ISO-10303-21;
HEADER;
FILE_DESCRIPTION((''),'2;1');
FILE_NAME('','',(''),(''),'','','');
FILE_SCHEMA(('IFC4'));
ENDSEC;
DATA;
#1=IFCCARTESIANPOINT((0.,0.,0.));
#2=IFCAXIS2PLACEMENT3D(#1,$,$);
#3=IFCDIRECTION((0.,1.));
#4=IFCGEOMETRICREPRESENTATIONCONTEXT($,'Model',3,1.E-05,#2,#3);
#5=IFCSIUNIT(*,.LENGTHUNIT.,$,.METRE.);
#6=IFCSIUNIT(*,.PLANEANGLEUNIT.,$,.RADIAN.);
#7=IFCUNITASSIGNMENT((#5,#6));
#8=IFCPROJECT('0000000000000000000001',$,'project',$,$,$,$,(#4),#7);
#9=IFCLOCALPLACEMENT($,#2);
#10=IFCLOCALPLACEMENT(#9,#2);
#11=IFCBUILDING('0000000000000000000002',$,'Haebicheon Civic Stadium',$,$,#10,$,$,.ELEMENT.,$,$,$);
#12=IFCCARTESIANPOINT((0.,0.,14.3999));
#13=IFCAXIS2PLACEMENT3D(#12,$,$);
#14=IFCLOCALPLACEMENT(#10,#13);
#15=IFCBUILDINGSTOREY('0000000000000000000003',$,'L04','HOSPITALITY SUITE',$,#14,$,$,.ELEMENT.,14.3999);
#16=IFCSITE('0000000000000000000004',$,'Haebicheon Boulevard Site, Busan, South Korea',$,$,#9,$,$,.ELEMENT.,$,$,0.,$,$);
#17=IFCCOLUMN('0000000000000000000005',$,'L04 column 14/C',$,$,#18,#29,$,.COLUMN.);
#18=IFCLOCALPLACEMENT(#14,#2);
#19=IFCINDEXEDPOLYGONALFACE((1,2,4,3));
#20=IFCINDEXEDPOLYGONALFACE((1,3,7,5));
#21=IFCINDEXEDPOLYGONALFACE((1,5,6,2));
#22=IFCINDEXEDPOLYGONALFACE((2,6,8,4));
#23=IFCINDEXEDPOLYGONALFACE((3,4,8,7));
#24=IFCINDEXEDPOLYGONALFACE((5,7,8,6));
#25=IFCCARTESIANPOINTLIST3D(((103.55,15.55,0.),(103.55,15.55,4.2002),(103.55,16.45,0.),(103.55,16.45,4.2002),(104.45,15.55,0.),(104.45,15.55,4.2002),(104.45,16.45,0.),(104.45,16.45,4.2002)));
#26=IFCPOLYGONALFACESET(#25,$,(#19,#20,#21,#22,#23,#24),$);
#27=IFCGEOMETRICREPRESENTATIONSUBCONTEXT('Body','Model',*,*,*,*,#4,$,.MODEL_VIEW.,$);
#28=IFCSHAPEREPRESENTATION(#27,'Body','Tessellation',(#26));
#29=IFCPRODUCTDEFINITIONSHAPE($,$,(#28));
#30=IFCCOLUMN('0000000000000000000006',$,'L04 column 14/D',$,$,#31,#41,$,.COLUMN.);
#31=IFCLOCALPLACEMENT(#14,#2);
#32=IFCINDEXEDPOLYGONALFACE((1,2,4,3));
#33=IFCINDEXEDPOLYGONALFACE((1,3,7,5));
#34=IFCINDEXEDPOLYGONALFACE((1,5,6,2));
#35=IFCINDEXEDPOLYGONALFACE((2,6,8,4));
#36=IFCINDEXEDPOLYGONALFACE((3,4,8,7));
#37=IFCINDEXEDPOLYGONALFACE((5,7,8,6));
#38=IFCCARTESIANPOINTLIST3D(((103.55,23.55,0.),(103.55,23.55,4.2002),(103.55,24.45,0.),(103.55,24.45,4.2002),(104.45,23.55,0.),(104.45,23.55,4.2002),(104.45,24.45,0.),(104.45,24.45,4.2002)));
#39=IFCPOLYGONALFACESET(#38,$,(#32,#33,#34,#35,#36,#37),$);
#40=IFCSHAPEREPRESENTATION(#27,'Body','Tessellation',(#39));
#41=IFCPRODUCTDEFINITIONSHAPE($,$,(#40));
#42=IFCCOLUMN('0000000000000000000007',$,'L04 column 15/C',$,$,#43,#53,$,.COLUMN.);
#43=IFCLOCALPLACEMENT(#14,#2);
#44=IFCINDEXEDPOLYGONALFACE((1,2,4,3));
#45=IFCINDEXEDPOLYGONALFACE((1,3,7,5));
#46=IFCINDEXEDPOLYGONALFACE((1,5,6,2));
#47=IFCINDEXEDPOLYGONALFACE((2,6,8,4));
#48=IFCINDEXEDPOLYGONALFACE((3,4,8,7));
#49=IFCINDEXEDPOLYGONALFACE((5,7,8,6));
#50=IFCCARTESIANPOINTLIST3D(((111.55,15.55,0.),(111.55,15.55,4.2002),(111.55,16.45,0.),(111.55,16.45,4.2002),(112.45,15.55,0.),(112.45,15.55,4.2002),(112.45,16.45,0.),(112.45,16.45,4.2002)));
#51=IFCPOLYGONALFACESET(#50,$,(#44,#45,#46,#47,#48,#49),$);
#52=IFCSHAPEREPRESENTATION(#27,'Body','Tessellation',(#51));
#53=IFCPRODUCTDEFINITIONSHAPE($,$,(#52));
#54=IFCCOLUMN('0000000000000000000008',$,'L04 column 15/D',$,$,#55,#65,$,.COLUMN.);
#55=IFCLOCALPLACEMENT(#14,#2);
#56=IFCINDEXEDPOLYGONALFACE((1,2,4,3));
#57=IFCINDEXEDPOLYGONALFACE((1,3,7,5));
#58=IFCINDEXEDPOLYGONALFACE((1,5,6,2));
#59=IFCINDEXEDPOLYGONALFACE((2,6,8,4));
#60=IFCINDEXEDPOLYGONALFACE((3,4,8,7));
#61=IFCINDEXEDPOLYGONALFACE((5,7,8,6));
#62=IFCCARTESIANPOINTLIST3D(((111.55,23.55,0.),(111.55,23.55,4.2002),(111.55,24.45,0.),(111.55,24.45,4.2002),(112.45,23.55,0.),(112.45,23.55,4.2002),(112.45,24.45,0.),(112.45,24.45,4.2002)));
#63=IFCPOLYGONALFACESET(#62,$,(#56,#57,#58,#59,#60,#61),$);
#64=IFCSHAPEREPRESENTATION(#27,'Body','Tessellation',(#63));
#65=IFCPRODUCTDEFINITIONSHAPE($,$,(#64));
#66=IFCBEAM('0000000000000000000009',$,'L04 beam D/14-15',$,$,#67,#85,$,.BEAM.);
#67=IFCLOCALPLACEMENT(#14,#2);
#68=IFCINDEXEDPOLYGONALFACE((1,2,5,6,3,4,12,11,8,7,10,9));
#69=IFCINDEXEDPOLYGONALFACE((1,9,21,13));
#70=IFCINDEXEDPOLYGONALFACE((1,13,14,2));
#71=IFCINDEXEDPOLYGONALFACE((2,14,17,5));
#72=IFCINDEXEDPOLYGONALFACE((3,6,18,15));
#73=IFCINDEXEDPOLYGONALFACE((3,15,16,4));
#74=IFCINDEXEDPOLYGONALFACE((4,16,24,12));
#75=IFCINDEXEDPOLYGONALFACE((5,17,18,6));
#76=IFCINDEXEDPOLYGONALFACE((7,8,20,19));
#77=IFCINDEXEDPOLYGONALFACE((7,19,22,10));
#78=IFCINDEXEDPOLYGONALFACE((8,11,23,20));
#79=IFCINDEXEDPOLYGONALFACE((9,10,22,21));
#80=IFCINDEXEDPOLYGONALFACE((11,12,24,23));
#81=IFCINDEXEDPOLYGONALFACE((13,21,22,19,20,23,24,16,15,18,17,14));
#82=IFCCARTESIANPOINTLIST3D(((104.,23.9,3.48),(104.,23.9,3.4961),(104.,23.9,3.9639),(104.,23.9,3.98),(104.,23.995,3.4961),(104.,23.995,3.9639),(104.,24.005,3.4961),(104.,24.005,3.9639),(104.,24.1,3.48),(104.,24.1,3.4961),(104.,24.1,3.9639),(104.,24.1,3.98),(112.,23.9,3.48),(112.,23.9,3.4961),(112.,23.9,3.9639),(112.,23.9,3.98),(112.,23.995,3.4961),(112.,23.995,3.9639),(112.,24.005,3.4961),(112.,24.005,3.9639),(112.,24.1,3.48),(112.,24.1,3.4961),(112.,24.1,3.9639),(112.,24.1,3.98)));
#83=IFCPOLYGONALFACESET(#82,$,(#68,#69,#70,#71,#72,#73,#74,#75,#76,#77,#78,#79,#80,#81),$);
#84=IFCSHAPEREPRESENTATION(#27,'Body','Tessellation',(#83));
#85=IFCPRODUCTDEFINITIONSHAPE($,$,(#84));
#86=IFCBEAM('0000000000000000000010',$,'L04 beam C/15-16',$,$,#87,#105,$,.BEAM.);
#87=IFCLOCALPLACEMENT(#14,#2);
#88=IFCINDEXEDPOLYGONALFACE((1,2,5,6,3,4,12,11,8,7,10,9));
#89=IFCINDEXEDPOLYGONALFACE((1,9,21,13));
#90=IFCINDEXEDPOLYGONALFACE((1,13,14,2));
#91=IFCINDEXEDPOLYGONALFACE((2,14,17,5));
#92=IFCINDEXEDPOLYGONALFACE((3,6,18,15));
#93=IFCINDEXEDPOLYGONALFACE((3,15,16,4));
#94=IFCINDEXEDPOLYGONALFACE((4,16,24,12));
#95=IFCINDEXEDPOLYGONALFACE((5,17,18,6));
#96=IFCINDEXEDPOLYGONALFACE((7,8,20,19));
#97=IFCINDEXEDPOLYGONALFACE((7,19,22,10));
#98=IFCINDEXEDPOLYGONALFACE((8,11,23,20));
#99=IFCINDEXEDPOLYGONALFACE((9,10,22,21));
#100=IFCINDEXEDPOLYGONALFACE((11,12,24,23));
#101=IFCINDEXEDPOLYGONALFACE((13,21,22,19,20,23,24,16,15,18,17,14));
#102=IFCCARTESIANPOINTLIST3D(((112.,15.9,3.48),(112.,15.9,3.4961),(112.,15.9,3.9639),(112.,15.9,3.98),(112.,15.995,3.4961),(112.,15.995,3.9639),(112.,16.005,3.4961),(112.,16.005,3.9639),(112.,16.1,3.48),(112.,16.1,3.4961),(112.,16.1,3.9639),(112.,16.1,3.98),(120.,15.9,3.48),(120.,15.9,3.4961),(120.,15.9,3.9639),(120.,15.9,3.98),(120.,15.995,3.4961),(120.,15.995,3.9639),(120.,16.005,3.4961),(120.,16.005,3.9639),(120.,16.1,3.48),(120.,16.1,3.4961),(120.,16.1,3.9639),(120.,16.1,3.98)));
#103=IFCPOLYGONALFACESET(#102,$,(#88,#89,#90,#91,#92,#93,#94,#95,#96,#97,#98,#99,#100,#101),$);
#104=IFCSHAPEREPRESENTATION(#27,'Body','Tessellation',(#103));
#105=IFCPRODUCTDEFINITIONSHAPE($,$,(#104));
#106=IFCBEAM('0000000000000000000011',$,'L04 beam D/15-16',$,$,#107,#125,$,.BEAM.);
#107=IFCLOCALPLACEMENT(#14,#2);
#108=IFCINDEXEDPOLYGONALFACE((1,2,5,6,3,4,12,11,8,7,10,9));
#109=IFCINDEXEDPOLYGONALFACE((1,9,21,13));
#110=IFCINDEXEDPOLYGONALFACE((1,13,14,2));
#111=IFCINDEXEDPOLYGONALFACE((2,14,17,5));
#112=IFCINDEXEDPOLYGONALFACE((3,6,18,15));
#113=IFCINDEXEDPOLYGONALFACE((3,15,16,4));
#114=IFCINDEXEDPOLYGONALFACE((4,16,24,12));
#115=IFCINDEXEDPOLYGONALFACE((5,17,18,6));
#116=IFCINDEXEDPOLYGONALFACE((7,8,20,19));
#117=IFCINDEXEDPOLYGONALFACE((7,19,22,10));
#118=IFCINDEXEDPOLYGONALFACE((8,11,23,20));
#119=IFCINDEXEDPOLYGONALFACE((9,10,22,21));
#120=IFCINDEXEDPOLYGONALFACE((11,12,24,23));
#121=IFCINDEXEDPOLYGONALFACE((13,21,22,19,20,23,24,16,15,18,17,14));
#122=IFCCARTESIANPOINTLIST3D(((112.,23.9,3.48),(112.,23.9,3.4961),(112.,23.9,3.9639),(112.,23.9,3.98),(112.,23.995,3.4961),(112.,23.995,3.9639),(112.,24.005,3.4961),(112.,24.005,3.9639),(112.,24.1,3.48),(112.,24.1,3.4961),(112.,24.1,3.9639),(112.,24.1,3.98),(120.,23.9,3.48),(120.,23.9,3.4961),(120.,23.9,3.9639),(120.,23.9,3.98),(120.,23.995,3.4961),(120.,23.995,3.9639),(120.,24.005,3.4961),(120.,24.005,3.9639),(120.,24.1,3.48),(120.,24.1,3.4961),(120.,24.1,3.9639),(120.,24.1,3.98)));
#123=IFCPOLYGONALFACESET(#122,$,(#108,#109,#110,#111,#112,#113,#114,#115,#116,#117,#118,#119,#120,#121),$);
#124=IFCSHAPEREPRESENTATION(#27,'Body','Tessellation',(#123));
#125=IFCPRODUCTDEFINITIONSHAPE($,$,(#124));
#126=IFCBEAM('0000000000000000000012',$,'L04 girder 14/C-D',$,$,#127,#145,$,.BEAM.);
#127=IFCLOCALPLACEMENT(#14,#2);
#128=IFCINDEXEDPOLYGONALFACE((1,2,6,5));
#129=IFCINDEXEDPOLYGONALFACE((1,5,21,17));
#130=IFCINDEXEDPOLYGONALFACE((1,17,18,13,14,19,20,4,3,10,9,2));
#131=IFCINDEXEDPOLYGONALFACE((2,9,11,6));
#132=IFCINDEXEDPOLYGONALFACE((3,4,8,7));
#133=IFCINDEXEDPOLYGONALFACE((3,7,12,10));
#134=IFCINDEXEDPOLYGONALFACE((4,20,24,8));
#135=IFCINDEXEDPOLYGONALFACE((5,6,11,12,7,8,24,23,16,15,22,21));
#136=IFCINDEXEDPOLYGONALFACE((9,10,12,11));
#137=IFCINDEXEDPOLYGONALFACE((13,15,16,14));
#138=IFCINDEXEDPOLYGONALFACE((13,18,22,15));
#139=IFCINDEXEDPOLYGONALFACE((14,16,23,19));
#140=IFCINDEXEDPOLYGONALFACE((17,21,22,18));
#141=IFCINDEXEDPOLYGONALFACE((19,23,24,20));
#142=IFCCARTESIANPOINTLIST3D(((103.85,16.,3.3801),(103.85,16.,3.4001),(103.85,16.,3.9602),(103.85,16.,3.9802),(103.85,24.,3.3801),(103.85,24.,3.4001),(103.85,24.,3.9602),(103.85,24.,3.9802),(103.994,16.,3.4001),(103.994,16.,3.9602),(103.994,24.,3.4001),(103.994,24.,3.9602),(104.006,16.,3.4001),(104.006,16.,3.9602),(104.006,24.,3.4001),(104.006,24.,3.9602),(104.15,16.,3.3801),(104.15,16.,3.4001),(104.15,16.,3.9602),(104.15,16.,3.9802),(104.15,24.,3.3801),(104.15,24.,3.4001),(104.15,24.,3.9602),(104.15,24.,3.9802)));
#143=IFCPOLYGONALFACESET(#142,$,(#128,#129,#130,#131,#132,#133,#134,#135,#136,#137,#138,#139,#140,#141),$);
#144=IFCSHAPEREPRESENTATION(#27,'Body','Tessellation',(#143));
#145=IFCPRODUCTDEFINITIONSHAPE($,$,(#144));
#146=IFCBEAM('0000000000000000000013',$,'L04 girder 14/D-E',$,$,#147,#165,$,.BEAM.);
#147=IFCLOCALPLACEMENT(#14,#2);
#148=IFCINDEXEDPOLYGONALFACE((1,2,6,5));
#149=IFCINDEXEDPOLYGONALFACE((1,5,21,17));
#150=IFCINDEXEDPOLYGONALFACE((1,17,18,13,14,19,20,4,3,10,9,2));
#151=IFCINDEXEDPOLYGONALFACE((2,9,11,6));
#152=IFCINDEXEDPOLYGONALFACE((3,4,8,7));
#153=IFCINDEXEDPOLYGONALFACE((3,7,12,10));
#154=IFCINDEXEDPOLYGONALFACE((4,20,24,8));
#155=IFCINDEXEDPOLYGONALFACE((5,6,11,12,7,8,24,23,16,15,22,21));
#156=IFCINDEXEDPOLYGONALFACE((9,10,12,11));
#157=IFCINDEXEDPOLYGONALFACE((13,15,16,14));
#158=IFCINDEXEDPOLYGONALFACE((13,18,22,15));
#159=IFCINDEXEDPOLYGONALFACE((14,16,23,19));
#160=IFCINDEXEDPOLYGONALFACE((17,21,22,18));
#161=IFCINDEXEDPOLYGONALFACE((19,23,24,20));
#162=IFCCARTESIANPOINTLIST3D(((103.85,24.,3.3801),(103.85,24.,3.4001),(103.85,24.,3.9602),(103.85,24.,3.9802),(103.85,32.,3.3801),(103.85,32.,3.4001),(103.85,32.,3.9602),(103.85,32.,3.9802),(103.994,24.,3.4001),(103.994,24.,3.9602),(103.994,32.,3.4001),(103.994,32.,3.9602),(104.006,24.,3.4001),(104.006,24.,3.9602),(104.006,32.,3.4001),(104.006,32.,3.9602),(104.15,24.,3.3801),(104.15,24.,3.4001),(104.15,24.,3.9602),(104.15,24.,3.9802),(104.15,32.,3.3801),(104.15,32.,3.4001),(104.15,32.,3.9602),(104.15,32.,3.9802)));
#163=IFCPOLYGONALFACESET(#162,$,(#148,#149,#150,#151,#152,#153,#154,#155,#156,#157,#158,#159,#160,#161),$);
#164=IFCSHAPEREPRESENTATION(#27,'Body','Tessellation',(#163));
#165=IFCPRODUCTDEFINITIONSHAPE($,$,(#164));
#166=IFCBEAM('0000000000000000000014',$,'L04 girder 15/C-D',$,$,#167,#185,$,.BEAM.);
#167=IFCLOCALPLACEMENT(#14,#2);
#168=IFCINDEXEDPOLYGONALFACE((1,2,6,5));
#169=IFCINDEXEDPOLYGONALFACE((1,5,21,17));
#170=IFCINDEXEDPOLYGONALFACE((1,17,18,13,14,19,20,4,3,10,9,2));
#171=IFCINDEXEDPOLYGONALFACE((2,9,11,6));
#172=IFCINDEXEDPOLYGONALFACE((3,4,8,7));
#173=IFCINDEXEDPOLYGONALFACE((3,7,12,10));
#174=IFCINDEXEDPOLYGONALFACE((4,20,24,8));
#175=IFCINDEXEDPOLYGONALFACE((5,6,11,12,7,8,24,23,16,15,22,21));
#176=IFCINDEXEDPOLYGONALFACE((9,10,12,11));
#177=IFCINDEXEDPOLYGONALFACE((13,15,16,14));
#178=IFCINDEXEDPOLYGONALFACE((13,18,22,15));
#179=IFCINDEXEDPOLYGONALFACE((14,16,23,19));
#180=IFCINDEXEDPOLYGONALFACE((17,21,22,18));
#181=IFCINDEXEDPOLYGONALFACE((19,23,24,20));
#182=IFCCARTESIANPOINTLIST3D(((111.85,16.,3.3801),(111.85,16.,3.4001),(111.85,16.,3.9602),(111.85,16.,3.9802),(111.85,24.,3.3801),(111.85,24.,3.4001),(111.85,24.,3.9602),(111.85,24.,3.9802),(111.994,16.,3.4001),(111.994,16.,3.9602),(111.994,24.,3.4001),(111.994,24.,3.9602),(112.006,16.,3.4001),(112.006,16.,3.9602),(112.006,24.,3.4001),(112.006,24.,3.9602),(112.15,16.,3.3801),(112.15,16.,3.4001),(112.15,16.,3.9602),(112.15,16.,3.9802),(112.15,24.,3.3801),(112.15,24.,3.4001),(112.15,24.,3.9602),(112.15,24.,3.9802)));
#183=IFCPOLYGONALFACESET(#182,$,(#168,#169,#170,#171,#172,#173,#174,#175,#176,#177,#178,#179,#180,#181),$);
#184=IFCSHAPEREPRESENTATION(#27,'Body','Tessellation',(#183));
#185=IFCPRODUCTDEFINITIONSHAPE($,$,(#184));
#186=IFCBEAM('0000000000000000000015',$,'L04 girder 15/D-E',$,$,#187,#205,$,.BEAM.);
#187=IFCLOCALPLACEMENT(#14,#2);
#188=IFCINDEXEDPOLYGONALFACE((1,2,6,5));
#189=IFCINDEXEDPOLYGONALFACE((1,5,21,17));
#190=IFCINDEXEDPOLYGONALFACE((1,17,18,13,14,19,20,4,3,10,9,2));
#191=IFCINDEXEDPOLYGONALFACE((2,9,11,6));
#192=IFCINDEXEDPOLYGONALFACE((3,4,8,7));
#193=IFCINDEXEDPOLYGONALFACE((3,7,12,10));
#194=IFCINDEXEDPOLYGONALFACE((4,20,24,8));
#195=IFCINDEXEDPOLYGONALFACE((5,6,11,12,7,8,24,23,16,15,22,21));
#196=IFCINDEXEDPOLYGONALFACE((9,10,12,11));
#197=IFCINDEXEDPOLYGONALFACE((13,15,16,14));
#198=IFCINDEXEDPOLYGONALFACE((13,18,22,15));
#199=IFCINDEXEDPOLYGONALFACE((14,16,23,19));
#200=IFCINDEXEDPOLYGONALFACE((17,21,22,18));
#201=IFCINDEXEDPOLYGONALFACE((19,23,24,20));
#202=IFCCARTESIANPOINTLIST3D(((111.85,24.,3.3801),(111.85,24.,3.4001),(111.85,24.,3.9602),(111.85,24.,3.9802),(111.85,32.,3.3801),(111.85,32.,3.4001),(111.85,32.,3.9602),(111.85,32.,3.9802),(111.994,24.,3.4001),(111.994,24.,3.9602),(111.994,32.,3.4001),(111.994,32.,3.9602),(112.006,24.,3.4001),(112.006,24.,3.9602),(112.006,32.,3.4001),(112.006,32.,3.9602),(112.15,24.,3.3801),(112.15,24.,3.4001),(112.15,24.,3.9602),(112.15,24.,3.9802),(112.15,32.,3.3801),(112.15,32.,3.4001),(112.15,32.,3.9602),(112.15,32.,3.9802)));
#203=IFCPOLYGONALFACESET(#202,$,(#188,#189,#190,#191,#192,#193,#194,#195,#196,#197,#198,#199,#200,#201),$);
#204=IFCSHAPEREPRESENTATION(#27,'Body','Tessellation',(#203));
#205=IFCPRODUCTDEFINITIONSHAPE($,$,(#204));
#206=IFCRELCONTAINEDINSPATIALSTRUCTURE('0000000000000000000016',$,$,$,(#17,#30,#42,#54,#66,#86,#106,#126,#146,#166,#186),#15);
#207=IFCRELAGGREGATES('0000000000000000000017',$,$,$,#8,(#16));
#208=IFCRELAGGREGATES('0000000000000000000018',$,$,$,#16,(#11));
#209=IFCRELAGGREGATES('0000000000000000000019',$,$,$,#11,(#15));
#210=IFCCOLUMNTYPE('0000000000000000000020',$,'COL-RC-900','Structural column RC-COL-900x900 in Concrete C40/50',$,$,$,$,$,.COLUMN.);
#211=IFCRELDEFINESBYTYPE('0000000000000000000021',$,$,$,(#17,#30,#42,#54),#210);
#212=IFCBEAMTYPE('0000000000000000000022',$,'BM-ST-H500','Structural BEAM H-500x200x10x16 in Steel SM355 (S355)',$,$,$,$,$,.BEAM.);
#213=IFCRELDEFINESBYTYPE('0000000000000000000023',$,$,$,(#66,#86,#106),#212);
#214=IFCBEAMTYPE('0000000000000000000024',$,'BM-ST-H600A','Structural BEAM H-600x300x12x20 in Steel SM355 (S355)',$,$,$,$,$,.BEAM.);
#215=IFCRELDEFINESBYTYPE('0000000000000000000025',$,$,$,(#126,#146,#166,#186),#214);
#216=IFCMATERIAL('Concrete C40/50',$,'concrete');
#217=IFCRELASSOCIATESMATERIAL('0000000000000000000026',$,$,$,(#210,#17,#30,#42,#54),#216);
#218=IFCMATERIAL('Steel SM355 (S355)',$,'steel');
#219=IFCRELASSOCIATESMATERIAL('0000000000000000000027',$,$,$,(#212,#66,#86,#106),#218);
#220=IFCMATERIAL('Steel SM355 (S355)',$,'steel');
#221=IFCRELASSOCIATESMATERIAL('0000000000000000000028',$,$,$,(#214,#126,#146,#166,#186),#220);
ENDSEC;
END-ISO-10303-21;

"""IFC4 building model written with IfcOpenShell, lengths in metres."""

from ifc_helpers import new_model, si_unit, direction, frame, origin, origin_2d, place, context, subcontext, project, spatial, rectangle, i_section, extrude, material, material_profile, profile_set, type_object, element, save


model = new_model("IFC4")

# Units and contexts
model_context = context("Model", 3, precision=1e-05, world=origin(), true_north=direction((0.0, 1.0)))
body_context = subcontext(model_context, "Body", "Model", "MODEL_VIEW")
ifc_project = project(units=[si_unit("LENGTHUNIT", "METRE"), si_unit("PLANEANGLEUNIT", "RADIAN")], contexts=[model_context])

# Site, building, storey
site_placement = place(None, origin())
site = spatial("IfcSite", under=ifc_project, at=site_placement, Name="Haebicheon Boulevard Site, Busan, South Korea", CompositionType="ELEMENT", RefElevation=0.0)
building_placement = place(site_placement, origin())
building = spatial("IfcBuilding", under=site, at=building_placement, Name="Haebicheon Civic Stadium", CompositionType="ELEMENT")
storey_placement = place(building_placement, frame((0.0, 0.0, 14.3999)))
storey = spatial("IfcBuildingStorey", under=building, at=storey_placement, Name="L04", Description="HOSPITALITY SUITE", CompositionType="ELEMENT", Elevation=14.3999)

# Columns
ifc_material_1 = material(Name="Concrete C40/50", Category="concrete")
ifc_material_profile_1 = material_profile(ifc_material_1, rectangle(XDim=0.8999, YDim=0.8999, at=origin_2d()), Name="RC-COL-900x900")
ifc_profile_set_1 = profile_set([ifc_material_profile_1], Name="Concrete C40/50")
column_type = type_object("IfcColumnType", Name="COL-RC-900", Description="Structural column RC-COL-900x900 in Concrete C40/50", PredefinedType="COLUMN", material=ifc_profile_set_1)
for number, where, z_axis, x_axis, name in (
    (1, (104.0, 16.0, 0.0), (0.0, 0.0, 1.0), (1.0, 0.0, 0.0), "L04 column 14/C"),
    (2, (104.0, 24.0, 0.0), (0.0, 0.0, 1.0), (1.0, 0.0, 0.0), "L04 column 14/D"),
    (3, (112.0, 16.0, 0.0), (0.0, 0.0, 1.0), (1.0, 0.0, 0.0), "L04 column 15/C"),
    (4, (112.0, 24.0, 0.0), (0.0, 0.0, 1.0), (1.0, 0.0, 0.0), "L04 column 15/D"),
):
    element("IfcColumn", number, at=place(storey_placement, frame(where, z_axis=z_axis, x_axis=x_axis)), inside=storey, type_object=column_type, material=ifc_profile_set_1, Name=name, PredefinedType="COLUMN", context=body_context, shape_type="SweptSolid", body=[
        extrude(rectangle(XDim=0.8999, YDim=0.8999, at=origin_2d()), origin(), (0.0, 0.0, 1.0), 4.2002),
    ])

# Beams
ifc_material_2 = material(Name="Steel SM355 (S355)", Category="steel")
ifc_material_profile_2 = material_profile(ifc_material_2, i_section(OverallWidth=0.2, OverallDepth=0.5, WebThickness=0.01, FlangeThickness=0.0161, at=origin_2d()), Name="H-500x200x10x16")
ifc_profile_set_2 = profile_set([ifc_material_profile_2], Name="Steel SM355 (S355)")
beam_type_1 = type_object("IfcBeamType", Name="BM-ST-H500", Description="Structural BEAM H-500x200x10x16 in Steel SM355 (S355)", PredefinedType="BEAM", material=ifc_profile_set_2)
for number, where, z_axis, x_axis, name in (
    (5, (104.0, 24.0, 3.73), (1.0, 0.0, 0.0), (0.0, 1.0, 0.0), "L04 beam D/14-15"),
    (6, (112.0, 16.0, 3.73), (1.0, 0.0, 0.0), (0.0, 1.0, 0.0), "L04 beam C/15-16"),
    (7, (112.0, 24.0, 3.73), (1.0, 0.0, 0.0), (0.0, 1.0, 0.0), "L04 beam D/15-16"),
):
    element("IfcBeam", number, at=place(storey_placement, frame(where, z_axis=z_axis, x_axis=x_axis)), inside=storey, type_object=beam_type_1, material=ifc_profile_set_2, Name=name, PredefinedType="BEAM", context=body_context, shape_type="SweptSolid", body=[
        extrude(i_section(OverallWidth=0.2, OverallDepth=0.5, WebThickness=0.01, FlangeThickness=0.0161, at=origin_2d()), origin(), (0.0, 0.0, 1.0), 8.0),
    ])
ifc_material_3 = material(Name="Steel SM355 (S355)", Category="steel")
ifc_material_profile_3 = material_profile(ifc_material_3, i_section(OverallWidth=0.3, OverallDepth=0.6001, WebThickness=0.012, FlangeThickness=0.02, at=origin_2d()), Name="H-600x300x12x20")
ifc_profile_set_3 = profile_set([ifc_material_profile_3], Name="Steel SM355 (S355)")
beam_type_2 = type_object("IfcBeamType", Name="BM-ST-H600A", Description="Structural BEAM H-600x300x12x20 in Steel SM355 (S355)", PredefinedType="BEAM", material=ifc_profile_set_3)
for number, where, z_axis, x_axis, name in (
    (8, (104.0, 16.0, 3.6802), (0.0, 1.0, 0.0), (-1.0, 0.0, 0.0), "L04 girder 14/C-D"),
    (9, (104.0, 24.0, 3.6802), (0.0, 1.0, 0.0), (-1.0, 0.0, 0.0), "L04 girder 14/D-E"),
    (10, (112.0, 16.0, 3.6802), (0.0, 1.0, 0.0), (-1.0, 0.0, 0.0), "L04 girder 15/C-D"),
    (11, (112.0, 24.0, 3.6802), (0.0, 1.0, 0.0), (-1.0, 0.0, 0.0), "L04 girder 15/D-E"),
):
    element("IfcBeam", number, at=place(storey_placement, frame(where, z_axis=z_axis, x_axis=x_axis)), inside=storey, type_object=beam_type_2, material=ifc_profile_set_3, Name=name, PredefinedType="BEAM", context=body_context, shape_type="SweptSolid", body=[
        extrude(i_section(OverallWidth=0.3, OverallDepth=0.6001, WebThickness=0.012, FlangeThickness=0.02, at=origin_2d()), origin(), (0.0, 0.0, 1.0), 8.0),
    ])

save(model, "model.ifc")
